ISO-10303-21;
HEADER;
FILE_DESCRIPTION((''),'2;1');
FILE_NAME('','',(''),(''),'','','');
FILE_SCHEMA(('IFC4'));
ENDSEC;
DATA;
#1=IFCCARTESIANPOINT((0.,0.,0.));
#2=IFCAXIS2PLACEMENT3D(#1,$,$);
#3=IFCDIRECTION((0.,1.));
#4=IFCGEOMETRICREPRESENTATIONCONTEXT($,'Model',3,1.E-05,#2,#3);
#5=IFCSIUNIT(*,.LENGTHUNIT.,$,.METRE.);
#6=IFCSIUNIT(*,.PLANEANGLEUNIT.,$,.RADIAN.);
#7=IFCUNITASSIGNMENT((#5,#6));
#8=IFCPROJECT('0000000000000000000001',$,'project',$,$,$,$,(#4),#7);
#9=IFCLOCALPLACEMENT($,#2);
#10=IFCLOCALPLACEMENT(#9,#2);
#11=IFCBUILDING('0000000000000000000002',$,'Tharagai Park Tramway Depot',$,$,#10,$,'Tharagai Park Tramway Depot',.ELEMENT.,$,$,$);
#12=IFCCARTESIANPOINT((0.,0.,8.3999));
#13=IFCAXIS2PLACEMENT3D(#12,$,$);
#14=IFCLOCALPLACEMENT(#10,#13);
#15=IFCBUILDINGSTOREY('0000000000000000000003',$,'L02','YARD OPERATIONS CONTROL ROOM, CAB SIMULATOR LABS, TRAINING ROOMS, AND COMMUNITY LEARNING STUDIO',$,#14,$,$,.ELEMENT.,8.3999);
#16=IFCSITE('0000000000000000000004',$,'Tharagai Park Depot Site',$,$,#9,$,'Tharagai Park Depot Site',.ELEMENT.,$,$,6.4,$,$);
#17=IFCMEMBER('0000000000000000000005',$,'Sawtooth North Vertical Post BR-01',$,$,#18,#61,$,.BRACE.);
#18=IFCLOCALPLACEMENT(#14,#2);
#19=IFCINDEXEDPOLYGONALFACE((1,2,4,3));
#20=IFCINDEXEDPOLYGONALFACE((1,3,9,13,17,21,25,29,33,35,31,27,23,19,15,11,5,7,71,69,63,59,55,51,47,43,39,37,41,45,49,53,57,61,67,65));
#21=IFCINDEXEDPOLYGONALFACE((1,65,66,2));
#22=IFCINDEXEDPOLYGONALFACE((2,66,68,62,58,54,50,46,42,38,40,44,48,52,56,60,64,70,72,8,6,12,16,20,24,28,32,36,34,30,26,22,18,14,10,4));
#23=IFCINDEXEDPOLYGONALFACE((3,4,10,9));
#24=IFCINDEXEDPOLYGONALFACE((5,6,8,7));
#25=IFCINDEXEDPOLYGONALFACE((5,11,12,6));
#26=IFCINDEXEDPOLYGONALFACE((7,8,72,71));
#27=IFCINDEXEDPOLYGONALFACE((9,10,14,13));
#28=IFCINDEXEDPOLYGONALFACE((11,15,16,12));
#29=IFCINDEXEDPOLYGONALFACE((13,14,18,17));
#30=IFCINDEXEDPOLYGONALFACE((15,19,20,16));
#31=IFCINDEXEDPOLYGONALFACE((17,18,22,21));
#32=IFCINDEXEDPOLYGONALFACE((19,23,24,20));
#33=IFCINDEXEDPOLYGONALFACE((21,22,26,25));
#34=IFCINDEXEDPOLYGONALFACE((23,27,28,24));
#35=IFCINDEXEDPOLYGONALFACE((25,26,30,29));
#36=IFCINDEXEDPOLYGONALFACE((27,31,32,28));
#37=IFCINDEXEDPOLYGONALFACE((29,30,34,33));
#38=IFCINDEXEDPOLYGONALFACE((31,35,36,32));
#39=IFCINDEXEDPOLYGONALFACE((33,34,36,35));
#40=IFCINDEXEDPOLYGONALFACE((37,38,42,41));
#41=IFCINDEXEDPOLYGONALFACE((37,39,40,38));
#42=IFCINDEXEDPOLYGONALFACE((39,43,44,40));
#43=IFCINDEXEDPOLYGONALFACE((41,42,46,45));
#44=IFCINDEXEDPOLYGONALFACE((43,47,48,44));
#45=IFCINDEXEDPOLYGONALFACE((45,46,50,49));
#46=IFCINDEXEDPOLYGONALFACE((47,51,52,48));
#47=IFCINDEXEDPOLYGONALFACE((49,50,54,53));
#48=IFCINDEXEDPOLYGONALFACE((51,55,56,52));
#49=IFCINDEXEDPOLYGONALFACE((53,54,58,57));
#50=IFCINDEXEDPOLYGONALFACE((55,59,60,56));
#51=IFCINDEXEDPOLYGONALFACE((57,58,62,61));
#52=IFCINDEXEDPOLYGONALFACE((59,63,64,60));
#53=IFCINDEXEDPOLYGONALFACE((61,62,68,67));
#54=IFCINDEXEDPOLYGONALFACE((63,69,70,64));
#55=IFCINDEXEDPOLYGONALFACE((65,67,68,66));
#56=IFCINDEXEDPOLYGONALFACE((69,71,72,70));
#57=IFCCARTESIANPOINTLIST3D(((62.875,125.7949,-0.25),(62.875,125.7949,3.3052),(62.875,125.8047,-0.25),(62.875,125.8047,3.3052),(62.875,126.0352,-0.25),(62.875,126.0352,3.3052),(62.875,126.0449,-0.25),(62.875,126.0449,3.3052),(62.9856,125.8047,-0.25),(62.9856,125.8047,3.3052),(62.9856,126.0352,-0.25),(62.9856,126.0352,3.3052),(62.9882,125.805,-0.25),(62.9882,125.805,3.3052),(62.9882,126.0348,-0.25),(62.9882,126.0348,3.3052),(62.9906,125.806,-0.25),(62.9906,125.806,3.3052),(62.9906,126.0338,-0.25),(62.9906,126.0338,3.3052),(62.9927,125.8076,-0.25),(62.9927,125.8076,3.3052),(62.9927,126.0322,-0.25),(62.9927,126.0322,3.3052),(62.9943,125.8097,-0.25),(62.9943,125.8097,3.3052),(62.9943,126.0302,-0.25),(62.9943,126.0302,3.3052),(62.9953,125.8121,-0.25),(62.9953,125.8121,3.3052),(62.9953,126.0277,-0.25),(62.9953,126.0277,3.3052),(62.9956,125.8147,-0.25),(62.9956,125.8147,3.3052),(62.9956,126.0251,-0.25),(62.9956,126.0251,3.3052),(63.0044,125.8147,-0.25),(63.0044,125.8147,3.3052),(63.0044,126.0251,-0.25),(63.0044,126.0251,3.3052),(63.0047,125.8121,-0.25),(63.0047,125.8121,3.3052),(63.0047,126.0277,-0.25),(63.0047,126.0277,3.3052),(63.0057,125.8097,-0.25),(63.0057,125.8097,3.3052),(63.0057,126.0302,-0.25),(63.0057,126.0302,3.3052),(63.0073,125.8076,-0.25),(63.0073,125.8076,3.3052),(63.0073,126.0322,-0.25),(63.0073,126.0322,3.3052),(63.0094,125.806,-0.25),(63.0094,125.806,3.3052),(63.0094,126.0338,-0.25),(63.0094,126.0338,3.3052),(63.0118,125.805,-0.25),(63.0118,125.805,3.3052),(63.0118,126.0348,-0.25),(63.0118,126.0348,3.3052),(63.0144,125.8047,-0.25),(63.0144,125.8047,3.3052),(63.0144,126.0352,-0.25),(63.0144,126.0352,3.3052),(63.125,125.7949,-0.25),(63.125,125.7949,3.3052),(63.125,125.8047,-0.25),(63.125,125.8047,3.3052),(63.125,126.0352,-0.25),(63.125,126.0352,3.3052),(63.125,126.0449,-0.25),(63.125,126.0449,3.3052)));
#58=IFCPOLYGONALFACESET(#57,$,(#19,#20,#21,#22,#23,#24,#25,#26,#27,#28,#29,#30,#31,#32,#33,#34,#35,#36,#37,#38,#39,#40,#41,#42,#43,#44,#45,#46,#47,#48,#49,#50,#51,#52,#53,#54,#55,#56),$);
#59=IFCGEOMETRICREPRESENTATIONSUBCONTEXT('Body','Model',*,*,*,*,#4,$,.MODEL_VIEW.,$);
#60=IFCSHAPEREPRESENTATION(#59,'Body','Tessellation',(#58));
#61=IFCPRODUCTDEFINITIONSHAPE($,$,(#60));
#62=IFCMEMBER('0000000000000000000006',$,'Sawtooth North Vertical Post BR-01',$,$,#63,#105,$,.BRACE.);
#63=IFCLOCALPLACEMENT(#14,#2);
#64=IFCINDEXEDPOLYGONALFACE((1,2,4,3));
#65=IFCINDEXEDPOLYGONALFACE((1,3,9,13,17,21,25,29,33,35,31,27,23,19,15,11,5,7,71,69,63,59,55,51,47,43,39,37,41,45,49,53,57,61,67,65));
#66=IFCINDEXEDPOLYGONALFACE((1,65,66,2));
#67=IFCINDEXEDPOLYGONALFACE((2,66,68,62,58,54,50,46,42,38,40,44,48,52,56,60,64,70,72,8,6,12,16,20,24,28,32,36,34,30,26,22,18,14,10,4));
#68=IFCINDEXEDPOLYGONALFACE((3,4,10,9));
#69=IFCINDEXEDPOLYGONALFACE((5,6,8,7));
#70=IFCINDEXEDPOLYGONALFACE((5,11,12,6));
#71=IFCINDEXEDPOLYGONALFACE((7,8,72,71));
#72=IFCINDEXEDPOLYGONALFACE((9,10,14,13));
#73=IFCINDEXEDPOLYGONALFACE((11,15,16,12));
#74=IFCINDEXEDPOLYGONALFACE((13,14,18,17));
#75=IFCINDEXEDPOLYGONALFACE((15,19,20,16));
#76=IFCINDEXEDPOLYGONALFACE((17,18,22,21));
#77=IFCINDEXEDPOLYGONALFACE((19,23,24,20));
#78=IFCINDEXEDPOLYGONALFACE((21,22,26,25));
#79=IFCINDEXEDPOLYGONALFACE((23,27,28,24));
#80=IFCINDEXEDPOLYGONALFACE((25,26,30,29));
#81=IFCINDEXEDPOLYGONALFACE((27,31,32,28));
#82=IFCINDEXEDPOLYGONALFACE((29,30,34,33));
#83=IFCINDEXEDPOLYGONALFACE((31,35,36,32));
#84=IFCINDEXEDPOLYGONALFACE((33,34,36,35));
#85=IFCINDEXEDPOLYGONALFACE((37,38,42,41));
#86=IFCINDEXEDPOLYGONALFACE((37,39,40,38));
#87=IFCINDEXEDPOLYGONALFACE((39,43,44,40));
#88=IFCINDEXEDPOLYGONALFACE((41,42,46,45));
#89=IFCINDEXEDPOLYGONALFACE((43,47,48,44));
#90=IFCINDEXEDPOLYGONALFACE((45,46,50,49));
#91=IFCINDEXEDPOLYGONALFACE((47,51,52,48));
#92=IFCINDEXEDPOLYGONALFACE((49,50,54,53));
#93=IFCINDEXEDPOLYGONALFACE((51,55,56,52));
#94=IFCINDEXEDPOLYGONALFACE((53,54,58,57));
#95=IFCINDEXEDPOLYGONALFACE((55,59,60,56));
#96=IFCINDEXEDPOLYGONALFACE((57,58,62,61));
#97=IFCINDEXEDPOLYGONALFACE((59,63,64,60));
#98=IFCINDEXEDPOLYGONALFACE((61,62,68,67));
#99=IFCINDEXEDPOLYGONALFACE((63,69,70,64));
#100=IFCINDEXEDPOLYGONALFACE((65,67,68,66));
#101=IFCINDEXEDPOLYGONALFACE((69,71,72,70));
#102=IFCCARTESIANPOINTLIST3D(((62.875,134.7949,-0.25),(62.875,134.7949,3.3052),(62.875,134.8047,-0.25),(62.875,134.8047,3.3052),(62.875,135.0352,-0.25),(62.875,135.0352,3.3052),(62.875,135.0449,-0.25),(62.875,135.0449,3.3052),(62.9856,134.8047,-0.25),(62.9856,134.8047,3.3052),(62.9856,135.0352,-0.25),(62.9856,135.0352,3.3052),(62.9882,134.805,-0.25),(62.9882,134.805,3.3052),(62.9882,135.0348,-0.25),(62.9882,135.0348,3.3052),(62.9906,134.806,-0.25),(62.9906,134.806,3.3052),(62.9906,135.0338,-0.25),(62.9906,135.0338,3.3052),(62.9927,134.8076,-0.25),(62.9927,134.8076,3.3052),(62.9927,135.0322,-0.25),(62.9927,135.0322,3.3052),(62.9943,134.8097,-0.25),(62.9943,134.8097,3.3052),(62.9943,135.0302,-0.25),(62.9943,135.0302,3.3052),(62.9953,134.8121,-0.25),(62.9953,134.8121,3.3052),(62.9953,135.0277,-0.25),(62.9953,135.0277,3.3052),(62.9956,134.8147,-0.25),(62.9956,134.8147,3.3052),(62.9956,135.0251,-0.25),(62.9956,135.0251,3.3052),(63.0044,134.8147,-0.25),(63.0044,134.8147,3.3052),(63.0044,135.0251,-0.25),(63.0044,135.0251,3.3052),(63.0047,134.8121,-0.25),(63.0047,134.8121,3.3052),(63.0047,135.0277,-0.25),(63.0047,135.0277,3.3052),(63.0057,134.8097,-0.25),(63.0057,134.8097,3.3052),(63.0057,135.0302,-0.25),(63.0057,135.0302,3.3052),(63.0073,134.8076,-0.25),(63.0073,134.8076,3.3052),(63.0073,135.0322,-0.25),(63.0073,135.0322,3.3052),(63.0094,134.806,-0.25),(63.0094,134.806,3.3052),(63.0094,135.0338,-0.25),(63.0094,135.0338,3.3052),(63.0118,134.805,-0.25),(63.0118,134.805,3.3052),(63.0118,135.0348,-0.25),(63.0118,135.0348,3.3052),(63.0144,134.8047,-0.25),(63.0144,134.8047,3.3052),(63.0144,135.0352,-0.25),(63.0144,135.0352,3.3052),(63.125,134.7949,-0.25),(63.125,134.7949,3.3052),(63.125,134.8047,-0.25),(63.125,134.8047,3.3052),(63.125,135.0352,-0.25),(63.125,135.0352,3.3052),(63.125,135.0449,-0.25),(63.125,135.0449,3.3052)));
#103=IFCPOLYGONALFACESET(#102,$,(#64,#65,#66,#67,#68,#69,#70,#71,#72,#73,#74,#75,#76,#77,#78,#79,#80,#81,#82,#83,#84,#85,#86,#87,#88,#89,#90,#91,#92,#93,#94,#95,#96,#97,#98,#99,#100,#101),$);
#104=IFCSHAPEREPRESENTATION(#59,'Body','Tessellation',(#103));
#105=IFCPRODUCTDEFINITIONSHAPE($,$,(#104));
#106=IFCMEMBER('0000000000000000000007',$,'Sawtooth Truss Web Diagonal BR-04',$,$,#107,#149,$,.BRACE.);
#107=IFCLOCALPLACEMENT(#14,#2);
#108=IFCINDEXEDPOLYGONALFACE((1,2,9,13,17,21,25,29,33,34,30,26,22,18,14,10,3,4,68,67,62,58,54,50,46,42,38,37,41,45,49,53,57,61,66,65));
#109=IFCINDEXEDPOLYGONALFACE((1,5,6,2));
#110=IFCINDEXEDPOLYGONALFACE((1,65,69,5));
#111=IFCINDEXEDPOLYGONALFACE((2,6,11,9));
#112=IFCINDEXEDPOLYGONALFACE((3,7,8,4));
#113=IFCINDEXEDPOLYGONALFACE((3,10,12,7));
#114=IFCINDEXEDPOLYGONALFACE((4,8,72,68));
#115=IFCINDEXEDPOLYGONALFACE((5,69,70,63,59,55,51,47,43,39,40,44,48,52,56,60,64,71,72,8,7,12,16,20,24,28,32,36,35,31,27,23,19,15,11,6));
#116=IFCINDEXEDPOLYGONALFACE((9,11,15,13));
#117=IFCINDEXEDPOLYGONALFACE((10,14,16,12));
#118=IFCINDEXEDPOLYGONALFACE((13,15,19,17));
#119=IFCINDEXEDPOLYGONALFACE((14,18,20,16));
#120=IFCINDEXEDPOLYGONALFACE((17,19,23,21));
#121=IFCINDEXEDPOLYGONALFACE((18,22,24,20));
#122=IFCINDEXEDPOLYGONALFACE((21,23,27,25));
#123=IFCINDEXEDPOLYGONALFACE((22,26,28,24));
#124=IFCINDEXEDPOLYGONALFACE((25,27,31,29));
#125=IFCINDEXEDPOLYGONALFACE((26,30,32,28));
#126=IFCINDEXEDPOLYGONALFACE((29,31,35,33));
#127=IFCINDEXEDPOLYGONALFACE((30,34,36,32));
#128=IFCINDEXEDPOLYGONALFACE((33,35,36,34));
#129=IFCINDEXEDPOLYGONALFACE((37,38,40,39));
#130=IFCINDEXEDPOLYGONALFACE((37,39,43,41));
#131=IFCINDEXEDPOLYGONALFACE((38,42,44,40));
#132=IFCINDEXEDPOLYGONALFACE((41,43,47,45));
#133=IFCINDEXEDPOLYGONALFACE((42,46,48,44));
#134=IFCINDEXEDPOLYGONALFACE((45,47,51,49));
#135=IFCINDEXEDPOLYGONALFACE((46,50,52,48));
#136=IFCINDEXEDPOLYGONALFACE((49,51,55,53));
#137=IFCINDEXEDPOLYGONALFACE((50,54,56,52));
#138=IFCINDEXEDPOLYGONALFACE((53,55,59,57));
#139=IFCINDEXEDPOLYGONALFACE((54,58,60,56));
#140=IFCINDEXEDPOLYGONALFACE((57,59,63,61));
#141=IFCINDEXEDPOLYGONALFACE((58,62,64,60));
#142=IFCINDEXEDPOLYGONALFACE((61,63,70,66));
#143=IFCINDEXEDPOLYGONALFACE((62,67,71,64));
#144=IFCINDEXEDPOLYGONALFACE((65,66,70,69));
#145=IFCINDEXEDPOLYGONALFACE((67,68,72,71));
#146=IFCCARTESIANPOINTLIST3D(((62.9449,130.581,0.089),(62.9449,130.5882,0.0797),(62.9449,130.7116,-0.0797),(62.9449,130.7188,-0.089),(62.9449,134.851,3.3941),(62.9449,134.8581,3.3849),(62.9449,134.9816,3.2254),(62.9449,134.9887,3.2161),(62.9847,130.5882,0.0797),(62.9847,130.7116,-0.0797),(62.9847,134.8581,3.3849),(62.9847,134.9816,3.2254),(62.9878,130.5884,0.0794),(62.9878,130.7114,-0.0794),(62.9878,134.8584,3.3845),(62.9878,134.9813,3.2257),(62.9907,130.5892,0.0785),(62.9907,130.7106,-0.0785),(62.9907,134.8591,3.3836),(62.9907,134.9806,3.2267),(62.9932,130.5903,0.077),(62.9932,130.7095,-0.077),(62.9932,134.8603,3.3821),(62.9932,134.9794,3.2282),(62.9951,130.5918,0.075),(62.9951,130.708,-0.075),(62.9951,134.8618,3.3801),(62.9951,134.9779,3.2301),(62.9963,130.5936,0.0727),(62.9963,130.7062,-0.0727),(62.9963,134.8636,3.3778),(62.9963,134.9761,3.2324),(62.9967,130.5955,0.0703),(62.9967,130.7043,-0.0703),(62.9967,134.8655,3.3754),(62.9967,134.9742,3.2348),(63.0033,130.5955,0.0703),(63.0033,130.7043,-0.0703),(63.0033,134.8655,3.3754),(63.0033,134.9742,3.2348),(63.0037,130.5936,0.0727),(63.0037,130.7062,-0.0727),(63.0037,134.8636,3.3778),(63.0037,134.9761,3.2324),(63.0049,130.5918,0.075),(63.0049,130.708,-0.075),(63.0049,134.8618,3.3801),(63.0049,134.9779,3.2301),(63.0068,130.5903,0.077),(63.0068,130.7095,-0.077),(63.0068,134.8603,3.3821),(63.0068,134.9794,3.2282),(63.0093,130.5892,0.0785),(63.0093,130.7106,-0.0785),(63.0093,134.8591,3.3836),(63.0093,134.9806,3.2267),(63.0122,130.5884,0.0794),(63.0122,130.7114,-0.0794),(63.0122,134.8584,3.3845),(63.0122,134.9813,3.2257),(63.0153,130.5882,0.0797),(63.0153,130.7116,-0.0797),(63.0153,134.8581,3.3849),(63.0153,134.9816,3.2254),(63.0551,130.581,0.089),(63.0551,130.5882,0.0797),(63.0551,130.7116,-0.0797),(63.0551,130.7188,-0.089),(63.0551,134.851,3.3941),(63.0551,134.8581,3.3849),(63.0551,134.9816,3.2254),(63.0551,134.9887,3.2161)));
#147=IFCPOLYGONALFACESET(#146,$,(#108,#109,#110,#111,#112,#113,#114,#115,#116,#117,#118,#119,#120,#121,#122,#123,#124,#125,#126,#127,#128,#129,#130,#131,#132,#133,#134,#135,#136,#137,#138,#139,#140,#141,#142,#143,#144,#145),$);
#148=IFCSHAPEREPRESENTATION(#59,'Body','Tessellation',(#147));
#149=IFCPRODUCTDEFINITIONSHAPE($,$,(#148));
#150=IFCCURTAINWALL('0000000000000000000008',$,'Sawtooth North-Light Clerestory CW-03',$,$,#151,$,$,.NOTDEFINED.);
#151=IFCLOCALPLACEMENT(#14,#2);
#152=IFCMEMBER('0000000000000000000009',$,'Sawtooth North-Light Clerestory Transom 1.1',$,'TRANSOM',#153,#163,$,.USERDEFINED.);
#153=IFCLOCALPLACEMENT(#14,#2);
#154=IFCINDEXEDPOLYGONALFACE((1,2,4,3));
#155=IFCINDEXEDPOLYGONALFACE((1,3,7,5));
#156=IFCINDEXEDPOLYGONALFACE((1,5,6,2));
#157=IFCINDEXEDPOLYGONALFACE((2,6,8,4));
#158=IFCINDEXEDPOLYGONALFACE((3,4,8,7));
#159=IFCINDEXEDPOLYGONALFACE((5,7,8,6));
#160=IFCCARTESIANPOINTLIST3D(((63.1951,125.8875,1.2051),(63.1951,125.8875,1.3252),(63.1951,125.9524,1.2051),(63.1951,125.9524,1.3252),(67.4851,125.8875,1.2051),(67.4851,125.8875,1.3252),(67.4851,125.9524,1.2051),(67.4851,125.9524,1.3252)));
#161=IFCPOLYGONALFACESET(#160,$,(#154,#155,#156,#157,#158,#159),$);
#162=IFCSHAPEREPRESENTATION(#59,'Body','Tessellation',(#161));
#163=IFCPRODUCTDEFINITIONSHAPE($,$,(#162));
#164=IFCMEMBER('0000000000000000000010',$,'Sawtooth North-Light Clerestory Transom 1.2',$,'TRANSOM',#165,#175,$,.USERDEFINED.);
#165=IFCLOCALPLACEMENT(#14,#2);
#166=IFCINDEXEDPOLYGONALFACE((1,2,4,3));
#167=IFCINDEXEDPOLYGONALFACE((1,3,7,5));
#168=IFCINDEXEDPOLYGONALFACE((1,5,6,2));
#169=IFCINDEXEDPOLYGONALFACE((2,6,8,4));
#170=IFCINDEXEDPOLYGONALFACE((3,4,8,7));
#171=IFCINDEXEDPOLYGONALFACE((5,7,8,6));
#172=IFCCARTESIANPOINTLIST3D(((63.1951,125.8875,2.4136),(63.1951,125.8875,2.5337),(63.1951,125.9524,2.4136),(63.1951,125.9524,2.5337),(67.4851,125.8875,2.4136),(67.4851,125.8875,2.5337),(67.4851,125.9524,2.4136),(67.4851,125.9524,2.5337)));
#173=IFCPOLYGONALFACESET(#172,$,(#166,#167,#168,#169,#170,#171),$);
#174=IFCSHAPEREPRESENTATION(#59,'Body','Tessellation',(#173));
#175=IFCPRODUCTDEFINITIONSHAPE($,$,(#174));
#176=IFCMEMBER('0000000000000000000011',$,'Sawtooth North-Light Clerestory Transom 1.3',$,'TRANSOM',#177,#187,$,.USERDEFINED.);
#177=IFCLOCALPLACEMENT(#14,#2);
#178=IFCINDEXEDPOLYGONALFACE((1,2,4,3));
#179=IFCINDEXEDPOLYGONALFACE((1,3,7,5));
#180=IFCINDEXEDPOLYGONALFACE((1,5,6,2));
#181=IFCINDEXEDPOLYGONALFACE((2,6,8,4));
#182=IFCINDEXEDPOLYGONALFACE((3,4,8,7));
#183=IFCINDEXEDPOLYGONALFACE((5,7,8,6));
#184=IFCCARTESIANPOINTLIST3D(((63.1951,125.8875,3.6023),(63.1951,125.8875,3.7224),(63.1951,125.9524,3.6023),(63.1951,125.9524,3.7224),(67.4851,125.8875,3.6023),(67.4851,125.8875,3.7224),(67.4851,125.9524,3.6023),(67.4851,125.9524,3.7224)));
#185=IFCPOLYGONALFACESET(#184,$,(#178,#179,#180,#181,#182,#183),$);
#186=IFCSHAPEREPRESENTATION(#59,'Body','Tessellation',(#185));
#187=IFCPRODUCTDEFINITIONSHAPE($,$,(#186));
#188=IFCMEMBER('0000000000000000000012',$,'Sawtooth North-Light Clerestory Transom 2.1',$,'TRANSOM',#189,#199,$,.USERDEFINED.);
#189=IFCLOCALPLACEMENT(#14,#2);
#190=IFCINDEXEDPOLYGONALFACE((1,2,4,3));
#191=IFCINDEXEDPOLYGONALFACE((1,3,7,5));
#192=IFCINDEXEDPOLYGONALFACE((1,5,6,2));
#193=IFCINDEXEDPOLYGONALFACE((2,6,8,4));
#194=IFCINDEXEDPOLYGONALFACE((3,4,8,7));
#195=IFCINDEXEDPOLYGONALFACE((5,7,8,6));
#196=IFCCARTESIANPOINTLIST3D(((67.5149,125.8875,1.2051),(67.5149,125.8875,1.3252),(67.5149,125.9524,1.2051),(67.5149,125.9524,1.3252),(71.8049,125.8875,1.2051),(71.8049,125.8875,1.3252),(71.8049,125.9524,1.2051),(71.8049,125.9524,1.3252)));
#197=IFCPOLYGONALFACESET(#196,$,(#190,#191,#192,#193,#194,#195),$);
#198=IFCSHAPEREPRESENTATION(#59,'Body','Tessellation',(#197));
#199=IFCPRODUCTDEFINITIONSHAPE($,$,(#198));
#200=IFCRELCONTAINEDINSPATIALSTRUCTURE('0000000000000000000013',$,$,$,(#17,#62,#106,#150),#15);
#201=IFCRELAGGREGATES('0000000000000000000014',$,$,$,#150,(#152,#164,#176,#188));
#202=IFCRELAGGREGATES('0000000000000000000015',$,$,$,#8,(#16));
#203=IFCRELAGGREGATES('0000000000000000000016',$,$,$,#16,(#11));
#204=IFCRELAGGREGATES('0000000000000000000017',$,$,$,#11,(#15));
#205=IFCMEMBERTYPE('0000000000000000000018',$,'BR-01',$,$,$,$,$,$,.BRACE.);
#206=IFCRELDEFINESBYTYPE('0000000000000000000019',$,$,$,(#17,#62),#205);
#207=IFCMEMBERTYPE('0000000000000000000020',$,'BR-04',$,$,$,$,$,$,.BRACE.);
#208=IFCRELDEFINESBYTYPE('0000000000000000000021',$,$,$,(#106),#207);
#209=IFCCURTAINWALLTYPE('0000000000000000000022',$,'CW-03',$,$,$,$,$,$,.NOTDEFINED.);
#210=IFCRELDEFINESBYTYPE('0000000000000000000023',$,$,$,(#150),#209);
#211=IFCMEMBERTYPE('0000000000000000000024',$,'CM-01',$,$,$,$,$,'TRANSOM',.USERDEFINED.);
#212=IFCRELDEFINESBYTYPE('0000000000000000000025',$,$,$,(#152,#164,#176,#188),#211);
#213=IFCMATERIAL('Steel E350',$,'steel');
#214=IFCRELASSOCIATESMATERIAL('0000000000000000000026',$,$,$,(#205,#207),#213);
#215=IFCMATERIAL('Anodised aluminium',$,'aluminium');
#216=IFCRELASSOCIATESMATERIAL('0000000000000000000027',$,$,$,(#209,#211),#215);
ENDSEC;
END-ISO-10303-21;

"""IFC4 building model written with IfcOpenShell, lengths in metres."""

from ifc_helpers import new_model, si_unit, direction, frame, origin, origin_2d, place, context, subcontext, project, spatial, rectangle, i_section, extrude, material, material_profile, profile_set, type_object, element, aggregate, save


model = new_model("IFC4")

# Units and contexts
model_context = context("Model", 3, precision=1e-05, world=origin(), true_north=direction((0.0, 1.0)))
body_context = subcontext(model_context, "Body", "Model", "MODEL_VIEW")
ifc_project = project(units=[si_unit("LENGTHUNIT", "METRE"), si_unit("PLANEANGLEUNIT", "RADIAN")], contexts=[model_context])

# Site, building, storey
site_placement = place(None, origin())
site = spatial("IfcSite", under=ifc_project, at=site_placement, Name="Tharagai Park Depot Site", LongName="Tharagai Park Depot Site", CompositionType="ELEMENT", RefElevation=6.4)
building_placement = place(site_placement, origin())
building = spatial("IfcBuilding", under=site, at=building_placement, Name="Tharagai Park Tramway Depot", LongName="Tharagai Park Tramway Depot", CompositionType="ELEMENT")
storey_placement = place(building_placement, frame((0.0, 0.0, 8.3999)))
storey = spatial("IfcBuildingStorey", under=building, at=storey_placement, Name="L02", Description="YARD OPERATIONS CONTROL ROOM, CAB SIMULATOR LABS, TRAINING ROOMS, AND COMMUNITY LEARNING STUDIO", CompositionType="ELEMENT", Elevation=8.3999)

# Members
ifc_material_1 = material(Name="Steel E350", Category="steel")
ifc_material_profile_1 = material_profile(ifc_material_1, i_section(OverallWidth=0.25, OverallDepth=0.25, WebThickness=0.0088, FlangeThickness=0.0098, FilletRadius=0.01, at=origin_2d()), Name="ISHB 250")
ifc_profile_set_1 = profile_set([ifc_material_profile_1], Name="Steel E350")
member_type_1 = type_object("IfcMemberType", Name="BR-01", PredefinedType="BRACE", material=ifc_profile_set_1)
for number, where, z_axis, x_axis, name in (
    (1, (63.0, 125.9199, -0.25), (0.0, 0.0, 1.0), (1.0, 0.0, 0.0), "Sawtooth North Vertical Post BR-01"),
    (2, (63.0, 134.9199, -0.25), (0.0, 0.0, 1.0), (1.0, 0.0, 0.0), "Sawtooth North Vertical Post BR-01"),
):
    element("IfcMember", number, at=place(storey_placement, frame(where, z_axis=z_axis, x_axis=x_axis)), inside=storey, type_object=member_type_1, Name=name, PredefinedType="BRACE", context=body_context, shape_type="SweptSolid", body=[
        extrude(i_section(OverallWidth=0.25, OverallDepth=0.25, WebThickness=0.0088, FlangeThickness=0.0098, FilletRadius=0.01, at=origin_2d()), origin(), (0.0, 0.0, 1.0), 3.5552),
    ])
ifc_material_profile_2 = material_profile(ifc_material_1, i_section(OverallWidth=0.1101, OverallDepth=0.2251, WebThickness=0.0066, FlangeThickness=0.0117, FilletRadius=0.012, at=origin_2d()), Name="ISMB 225")
ifc_profile_set_2 = profile_set([ifc_material_profile_2], Name="Steel E350")
member_type_2 = type_object("IfcMemberType", Name="BR-04", PredefinedType="BRACE", material=ifc_profile_set_2)
member_1_placement = place(storey_placement, frame((63.0, 130.6499, 0.0), z_axis=(0.0, 0.790782, 0.612098), x_axis=(-1.0, 0.0, 0.0)))
element("IfcMember", 3, at=member_1_placement, inside=storey, type_object=member_type_2, Name="Sawtooth Truss Web Diagonal BR-04", PredefinedType="BRACE", context=body_context, shape_type="SweptSolid", body=[
    extrude(i_section(OverallWidth=0.1101, OverallDepth=0.2251, WebThickness=0.0066, FlangeThickness=0.0117, FilletRadius=0.012, at=origin_2d()), origin(), (0.0, 0.0, 1.0), 5.3997),
])

# Curtain wall, members
ifc_material_2 = material(Name="Anodised aluminium", Category="aluminium")
curtain_wall_type_1 = type_object("IfcCurtainWallType", Name="CW-03", PredefinedType="NOTDEFINED", material=ifc_material_2)
curtain_wall_1_placement = place(storey_placement, origin())
curtain_wall_1 = element("IfcCurtainWall", 4, at=curtain_wall_1_placement, inside=storey, type_object=curtain_wall_type_1, Name="Sawtooth North-Light Clerestory CW-03", PredefinedType="NOTDEFINED")
ifc_material_profile_3 = material_profile(ifc_material_2, rectangle(XDim=0.0649, YDim=0.1201, at=origin_2d()), Name="ALU 65x120")
ifc_profile_set_3 = profile_set([ifc_material_profile_3], Name="Anodised aluminium")
member_type_3 = type_object("IfcMemberType", Name="CM-01", ElementType="TRANSOM", PredefinedType="USERDEFINED", material=ifc_profile_set_3)
member_2_placement = place(storey_placement, frame((63.1951, 125.9199, 1.2651), z_axis=(1.0, 0.0, 0.0), x_axis=(0.0, 1.0, 0.0)))
member_2 = element("IfcMember", 5, at=member_2_placement, type_object=member_type_3, Name="Sawtooth North-Light Clerestory Transom 1.1", ObjectType="TRANSOM", PredefinedType="USERDEFINED", context=body_context, shape_type="SweptSolid", body=[
    extrude(rectangle(XDim=0.0649, YDim=0.1201, at=origin_2d()), origin(), (0.0, 0.0, 1.0), 4.29),
])
member_3_placement = place(storey_placement, frame((63.1951, 125.9199, 2.4736), z_axis=(1.0, 0.0, 0.0), x_axis=(0.0, 1.0, 0.0)))
member_3 = element("IfcMember", 6, at=member_3_placement, type_object=member_type_3, Name="Sawtooth North-Light Clerestory Transom 1.2", ObjectType="TRANSOM", PredefinedType="USERDEFINED", context=body_context, shape_type="SweptSolid", body=[
    extrude(rectangle(XDim=0.0649, YDim=0.1201, at=origin_2d()), origin(), (0.0, 0.0, 1.0), 4.29),
])
member_4_placement = place(storey_placement, frame((63.1951, 125.9199, 3.6624), z_axis=(1.0, 0.0, 0.0), x_axis=(0.0, 1.0, 0.0)))
member_4 = element("IfcMember", 7, at=member_4_placement, type_object=member_type_3, Name="Sawtooth North-Light Clerestory Transom 1.3", ObjectType="TRANSOM", PredefinedType="USERDEFINED", context=body_context, shape_type="SweptSolid", body=[
    extrude(rectangle(XDim=0.0649, YDim=0.1201, at=origin_2d()), origin(), (0.0, 0.0, 1.0), 4.29),
])
member_5_placement = place(storey_placement, frame((67.5149, 125.9199, 1.2651), z_axis=(1.0, 0.0, 0.0), x_axis=(0.0, 1.0, 0.0)))
member_5 = element("IfcMember", 8, at=member_5_placement, type_object=member_type_3, Name="Sawtooth North-Light Clerestory Transom 2.1", ObjectType="TRANSOM", PredefinedType="USERDEFINED", context=body_context, shape_type="SweptSolid", body=[
    extrude(rectangle(XDim=0.0649, YDim=0.1201, at=origin_2d()), origin(), (0.0, 0.0, 1.0), 4.29),
])

aggregate(curtain_wall_1, [member_2, member_3, member_4, member_5])

save(model, "model.ifc")
